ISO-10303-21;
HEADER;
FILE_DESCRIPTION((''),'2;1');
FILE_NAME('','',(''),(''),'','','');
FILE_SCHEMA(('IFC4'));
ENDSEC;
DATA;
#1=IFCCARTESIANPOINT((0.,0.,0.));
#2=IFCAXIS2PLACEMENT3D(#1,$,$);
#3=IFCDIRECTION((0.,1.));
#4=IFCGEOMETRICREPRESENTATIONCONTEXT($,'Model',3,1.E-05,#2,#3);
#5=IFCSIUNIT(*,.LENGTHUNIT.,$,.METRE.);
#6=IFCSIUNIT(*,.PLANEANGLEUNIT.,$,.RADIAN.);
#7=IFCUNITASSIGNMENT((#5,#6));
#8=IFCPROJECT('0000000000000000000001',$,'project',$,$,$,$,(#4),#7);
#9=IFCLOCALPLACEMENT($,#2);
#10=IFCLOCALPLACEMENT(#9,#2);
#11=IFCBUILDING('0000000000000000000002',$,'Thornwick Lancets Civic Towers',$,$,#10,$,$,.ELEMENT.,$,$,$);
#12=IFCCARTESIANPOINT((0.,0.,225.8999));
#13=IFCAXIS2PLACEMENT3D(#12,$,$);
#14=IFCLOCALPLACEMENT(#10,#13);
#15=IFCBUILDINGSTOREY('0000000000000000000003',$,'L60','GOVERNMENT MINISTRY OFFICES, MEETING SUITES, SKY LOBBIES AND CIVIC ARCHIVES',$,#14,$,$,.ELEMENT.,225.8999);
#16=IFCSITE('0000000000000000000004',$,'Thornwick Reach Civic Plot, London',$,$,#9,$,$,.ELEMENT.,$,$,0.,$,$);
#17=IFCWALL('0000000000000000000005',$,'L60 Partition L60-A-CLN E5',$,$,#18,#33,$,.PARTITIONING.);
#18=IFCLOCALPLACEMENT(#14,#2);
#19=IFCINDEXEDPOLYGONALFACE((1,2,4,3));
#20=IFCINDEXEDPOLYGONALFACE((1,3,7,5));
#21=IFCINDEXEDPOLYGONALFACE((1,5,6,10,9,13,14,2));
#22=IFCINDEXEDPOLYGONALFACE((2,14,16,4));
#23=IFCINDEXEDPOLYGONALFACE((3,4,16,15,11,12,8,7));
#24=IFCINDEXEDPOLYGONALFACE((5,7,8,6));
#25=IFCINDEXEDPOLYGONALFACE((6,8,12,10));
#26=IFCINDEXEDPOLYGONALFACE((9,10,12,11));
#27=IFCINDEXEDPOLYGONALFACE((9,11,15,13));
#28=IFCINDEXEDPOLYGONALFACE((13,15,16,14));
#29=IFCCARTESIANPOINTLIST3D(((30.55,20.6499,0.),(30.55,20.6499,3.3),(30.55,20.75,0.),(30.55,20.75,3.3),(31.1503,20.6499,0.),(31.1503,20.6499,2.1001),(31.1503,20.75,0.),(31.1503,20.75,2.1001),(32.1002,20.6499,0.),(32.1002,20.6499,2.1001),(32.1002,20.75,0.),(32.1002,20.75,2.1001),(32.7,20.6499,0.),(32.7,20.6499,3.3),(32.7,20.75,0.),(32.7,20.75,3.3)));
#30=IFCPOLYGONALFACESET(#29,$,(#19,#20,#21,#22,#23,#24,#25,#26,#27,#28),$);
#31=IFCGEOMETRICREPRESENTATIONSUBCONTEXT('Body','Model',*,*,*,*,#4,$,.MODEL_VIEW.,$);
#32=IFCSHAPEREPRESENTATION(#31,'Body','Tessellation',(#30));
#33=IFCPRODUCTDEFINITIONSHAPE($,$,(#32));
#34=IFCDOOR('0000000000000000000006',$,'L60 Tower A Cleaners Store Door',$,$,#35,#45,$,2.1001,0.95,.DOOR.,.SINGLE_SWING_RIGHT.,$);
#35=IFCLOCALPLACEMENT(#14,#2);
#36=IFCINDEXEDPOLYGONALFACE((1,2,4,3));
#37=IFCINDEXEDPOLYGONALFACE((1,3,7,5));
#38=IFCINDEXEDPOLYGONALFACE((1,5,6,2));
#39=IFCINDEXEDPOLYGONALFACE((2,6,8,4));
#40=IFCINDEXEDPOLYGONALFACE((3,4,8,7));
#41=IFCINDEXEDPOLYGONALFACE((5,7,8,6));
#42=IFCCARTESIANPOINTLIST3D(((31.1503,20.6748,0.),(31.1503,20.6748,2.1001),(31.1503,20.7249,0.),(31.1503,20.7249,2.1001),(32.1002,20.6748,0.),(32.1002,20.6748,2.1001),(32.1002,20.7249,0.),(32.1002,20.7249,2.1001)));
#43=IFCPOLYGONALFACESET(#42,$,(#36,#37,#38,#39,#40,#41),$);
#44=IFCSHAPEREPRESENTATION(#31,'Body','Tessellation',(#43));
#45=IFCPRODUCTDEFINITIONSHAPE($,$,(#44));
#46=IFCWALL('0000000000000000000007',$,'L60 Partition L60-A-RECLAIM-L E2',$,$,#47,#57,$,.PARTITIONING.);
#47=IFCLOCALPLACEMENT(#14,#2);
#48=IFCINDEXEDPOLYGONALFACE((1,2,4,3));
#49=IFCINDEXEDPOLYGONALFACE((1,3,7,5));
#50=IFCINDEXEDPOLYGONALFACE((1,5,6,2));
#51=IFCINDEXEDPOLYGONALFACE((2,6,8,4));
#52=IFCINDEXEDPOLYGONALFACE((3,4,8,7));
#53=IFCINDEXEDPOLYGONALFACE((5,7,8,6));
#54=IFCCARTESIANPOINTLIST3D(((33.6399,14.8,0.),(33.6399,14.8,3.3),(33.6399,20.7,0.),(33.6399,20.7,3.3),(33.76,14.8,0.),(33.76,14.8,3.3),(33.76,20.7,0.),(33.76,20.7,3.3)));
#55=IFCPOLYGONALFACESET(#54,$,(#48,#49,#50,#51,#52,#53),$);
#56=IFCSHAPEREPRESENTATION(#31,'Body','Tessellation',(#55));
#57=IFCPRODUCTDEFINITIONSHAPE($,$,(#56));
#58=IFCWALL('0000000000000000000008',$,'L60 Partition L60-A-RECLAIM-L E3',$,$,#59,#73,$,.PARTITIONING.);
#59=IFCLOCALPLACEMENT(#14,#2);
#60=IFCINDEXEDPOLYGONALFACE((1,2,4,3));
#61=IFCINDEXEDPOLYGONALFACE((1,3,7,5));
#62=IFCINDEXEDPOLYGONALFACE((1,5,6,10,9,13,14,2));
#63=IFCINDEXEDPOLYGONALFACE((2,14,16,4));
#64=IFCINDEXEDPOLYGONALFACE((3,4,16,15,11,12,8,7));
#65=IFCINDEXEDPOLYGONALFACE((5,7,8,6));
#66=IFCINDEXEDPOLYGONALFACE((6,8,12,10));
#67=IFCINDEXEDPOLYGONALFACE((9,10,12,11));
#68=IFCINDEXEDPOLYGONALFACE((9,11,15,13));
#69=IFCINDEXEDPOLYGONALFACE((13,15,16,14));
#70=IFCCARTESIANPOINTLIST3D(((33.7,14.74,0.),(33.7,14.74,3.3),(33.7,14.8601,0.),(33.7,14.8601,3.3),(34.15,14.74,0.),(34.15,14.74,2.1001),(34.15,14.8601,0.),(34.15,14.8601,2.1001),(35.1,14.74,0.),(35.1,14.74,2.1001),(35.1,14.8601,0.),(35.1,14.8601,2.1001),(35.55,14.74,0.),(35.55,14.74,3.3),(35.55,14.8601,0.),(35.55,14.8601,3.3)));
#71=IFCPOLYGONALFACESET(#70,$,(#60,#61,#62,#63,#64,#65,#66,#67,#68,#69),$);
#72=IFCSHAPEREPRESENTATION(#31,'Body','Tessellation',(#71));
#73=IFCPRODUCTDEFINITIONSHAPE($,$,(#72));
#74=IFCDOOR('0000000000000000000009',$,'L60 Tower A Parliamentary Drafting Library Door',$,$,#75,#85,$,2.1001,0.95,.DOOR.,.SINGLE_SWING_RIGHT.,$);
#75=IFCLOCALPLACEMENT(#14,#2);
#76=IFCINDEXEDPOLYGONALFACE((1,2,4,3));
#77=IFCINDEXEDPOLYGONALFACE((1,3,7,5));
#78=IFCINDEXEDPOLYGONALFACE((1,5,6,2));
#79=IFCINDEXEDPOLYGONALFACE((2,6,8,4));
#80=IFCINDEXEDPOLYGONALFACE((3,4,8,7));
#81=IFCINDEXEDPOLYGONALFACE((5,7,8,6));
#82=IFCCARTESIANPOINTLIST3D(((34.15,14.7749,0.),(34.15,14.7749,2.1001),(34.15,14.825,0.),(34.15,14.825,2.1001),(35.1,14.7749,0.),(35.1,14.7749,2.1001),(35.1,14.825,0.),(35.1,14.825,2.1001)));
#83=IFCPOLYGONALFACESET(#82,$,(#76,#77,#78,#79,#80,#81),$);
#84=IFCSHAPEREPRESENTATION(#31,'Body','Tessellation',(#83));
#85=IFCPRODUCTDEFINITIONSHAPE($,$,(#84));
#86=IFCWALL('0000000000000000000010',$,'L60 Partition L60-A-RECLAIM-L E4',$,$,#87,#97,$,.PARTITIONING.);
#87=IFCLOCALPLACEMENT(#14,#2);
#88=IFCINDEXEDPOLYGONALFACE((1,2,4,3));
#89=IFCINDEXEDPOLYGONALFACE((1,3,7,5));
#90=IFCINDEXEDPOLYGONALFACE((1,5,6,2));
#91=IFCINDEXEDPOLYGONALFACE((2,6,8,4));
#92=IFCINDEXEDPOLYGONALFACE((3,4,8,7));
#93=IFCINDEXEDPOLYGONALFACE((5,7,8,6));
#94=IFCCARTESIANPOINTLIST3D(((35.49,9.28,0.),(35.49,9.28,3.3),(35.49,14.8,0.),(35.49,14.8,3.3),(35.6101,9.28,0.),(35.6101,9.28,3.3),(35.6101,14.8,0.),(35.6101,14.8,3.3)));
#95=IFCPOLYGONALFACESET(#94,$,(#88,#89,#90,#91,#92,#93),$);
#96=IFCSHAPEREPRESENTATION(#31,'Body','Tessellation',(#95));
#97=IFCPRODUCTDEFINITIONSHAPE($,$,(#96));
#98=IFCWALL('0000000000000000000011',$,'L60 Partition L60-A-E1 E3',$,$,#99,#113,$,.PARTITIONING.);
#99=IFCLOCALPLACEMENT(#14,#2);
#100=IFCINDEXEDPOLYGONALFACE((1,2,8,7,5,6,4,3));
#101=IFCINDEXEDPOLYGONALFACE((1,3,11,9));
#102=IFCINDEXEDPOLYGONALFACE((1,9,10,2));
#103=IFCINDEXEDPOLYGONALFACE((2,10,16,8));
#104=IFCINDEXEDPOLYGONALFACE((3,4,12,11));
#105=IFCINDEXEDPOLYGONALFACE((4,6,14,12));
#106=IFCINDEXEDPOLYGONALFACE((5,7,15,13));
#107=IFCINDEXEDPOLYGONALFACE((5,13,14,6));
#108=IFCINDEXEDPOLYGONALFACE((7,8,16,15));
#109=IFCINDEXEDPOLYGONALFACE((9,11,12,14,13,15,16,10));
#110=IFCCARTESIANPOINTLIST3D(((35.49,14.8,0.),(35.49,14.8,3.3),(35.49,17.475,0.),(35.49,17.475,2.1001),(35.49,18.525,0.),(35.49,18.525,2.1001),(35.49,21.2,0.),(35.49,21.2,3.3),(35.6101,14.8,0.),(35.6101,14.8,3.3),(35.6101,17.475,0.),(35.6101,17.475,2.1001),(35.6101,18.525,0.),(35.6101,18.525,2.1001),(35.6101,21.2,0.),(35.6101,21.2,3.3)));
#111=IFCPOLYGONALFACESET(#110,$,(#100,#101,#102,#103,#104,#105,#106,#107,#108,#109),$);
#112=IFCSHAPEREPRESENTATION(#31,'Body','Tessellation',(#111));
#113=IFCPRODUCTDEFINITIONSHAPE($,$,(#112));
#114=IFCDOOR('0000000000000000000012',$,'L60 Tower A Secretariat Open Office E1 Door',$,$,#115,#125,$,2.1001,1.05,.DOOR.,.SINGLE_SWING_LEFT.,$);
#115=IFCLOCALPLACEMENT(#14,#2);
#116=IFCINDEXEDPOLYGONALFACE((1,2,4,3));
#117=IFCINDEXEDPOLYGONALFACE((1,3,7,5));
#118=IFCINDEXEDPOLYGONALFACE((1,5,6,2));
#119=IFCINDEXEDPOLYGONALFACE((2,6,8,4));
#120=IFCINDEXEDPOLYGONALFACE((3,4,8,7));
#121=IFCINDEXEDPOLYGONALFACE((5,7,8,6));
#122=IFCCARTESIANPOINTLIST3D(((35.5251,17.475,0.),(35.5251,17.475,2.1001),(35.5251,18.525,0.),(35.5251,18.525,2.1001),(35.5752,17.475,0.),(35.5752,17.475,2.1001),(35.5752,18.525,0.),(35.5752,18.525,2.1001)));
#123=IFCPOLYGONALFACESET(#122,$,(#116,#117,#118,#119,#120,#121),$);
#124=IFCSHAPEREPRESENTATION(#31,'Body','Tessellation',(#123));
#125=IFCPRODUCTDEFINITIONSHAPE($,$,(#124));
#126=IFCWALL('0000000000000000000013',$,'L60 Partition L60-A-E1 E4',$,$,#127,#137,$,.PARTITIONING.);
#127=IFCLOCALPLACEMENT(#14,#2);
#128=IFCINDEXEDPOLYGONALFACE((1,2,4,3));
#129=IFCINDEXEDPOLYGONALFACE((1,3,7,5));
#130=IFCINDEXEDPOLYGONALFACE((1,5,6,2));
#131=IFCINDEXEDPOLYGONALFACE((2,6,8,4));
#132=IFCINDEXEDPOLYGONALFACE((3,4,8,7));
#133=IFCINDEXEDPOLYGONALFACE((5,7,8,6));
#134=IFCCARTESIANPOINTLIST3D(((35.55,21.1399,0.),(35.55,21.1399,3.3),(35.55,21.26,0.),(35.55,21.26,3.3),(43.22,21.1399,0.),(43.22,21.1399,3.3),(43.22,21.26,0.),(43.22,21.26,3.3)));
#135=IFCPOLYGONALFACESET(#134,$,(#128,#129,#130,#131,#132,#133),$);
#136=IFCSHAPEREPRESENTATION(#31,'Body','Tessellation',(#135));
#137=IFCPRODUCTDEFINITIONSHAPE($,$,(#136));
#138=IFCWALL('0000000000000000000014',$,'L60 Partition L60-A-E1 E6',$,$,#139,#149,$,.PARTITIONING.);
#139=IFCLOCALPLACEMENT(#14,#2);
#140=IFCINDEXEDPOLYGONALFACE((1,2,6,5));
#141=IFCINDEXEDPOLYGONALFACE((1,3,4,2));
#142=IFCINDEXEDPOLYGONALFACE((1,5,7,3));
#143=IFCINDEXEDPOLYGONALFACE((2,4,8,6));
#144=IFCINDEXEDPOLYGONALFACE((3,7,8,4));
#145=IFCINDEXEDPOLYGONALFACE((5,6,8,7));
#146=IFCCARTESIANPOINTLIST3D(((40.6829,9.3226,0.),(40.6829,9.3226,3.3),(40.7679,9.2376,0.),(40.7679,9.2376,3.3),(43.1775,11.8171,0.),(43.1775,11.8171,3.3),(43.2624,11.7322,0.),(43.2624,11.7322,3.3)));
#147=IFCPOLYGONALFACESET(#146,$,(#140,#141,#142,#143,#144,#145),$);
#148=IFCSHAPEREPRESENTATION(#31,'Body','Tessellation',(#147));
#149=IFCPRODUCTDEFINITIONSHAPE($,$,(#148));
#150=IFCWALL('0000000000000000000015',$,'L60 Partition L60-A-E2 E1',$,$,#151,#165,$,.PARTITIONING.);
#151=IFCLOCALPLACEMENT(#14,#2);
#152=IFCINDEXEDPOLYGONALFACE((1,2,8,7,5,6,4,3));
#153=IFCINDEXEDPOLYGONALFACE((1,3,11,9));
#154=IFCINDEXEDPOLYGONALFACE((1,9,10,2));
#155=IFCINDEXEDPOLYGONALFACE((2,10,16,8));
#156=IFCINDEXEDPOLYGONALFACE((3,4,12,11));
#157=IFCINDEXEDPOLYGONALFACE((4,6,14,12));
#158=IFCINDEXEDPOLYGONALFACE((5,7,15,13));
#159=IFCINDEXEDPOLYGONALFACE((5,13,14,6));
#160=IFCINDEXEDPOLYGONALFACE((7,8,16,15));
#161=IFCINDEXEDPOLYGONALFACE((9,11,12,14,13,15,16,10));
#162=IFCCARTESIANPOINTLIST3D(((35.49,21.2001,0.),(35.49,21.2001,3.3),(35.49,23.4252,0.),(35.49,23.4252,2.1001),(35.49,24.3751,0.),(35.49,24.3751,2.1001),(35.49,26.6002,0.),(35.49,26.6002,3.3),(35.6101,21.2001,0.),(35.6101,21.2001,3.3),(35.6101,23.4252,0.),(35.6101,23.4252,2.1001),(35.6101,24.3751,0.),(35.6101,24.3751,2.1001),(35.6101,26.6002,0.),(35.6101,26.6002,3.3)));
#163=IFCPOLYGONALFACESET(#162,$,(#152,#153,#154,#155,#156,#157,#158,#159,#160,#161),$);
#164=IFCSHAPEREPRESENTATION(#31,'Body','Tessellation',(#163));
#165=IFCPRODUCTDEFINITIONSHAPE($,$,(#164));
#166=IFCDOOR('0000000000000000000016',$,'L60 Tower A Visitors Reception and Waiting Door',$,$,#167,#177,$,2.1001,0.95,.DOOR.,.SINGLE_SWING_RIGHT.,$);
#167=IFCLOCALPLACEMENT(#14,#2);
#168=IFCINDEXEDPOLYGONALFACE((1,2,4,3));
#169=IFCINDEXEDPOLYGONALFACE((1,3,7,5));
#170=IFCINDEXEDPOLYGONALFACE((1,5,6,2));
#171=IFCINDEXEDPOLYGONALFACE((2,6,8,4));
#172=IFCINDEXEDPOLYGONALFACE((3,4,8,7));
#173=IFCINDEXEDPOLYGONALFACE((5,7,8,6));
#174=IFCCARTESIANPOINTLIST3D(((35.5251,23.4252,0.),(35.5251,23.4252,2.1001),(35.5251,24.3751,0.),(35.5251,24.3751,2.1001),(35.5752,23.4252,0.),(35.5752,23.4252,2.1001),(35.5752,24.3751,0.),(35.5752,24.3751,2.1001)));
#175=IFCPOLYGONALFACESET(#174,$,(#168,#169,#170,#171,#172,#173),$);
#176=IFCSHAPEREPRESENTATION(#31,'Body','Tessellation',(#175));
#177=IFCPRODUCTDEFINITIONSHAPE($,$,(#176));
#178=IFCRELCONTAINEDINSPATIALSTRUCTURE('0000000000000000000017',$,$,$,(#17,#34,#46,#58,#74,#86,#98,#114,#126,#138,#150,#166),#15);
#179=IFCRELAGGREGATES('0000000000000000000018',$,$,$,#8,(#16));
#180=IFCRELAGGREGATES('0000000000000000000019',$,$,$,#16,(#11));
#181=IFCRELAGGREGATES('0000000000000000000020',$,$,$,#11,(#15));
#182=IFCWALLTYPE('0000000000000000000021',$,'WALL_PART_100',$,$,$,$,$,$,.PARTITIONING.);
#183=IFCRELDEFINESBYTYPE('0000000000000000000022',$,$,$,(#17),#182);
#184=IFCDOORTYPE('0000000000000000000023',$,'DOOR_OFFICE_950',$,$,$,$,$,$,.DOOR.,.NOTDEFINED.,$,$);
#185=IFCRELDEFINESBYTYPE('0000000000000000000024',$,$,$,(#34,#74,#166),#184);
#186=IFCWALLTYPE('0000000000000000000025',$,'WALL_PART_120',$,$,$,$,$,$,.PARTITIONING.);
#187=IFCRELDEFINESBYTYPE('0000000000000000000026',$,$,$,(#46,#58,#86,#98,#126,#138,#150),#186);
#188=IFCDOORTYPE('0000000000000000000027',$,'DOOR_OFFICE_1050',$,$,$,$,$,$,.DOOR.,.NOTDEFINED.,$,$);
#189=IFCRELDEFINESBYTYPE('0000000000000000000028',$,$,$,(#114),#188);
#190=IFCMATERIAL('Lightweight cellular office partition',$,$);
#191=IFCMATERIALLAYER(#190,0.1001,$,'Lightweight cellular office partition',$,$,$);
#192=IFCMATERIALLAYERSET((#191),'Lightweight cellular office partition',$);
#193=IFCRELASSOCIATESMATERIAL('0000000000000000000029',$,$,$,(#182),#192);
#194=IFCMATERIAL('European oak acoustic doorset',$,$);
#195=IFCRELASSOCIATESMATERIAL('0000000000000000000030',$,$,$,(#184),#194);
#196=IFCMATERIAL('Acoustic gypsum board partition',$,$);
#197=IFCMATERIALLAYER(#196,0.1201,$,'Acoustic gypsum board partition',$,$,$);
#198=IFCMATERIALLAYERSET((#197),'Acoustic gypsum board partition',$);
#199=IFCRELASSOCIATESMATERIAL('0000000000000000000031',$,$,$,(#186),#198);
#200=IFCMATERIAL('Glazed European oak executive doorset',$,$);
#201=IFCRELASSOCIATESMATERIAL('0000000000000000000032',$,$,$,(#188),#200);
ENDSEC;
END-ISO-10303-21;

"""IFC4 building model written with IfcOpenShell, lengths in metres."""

from ifc_helpers import new_model, si_unit, direction, frame, frame_2d, origin, place, context, subcontext, project, spatial, rectangle, extrude, material, layer, layer_set, type_object, element, fill, save


model = new_model("IFC4")

# Units and contexts
model_context = context("Model", 3, precision=1e-05, world=origin(), true_north=direction((0.0, 1.0)))
body_context = subcontext(model_context, "Body", "Model", "MODEL_VIEW")
ifc_project = project(units=[si_unit("LENGTHUNIT", "METRE"), si_unit("PLANEANGLEUNIT", "RADIAN")], contexts=[model_context])

# Site, building, storey
site_placement = place(None, origin())
site = spatial("IfcSite", under=ifc_project, at=site_placement, Name="Thornwick Reach Civic Plot, London", CompositionType="ELEMENT", RefElevation=0.0)
building_placement = place(site_placement, origin())
building = spatial("IfcBuilding", under=site, at=building_placement, Name="Thornwick Lancets Civic Towers", CompositionType="ELEMENT")
storey_placement = place(building_placement, frame((0.0, 0.0, 225.8999)))
storey = spatial("IfcBuildingStorey", under=building, at=storey_placement, Name="L60", Description="GOVERNMENT MINISTRY OFFICES, MEETING SUITES, SKY LOBBIES AND CIVIC ARCHIVES", CompositionType="ELEMENT", Elevation=225.8999)

# Shared definitions
ifc_material_1 = material(Name="Lightweight cellular office partition")
ifc_layer_1 = layer(ifc_material_1, 0.1001, Name="Lightweight cellular office partition")
ifc_layer_set_1 = layer_set([ifc_layer_1], Name="Lightweight cellular office partition")
wall_type_1 = type_object("IfcWallType", Name="WALL_PART_100", PredefinedType="PARTITIONING", material=ifc_layer_set_1)

# Wall, opening, door
wall_1_placement = place(storey_placement, frame((30.55, 20.7, 0.0), z_axis=(0.0, 0.0, 1.0), x_axis=(1.0, 0.0, 0.0)))
wall_1 = element("IfcWall", 1, at=wall_1_placement, inside=storey, type_object=wall_type_1, Name="L60 Partition L60-A-CLN E5", PredefinedType="PARTITIONING", context=body_context, shape_type="SweptSolid", body=[
    extrude(rectangle(XDim=2.1499, YDim=0.1001, at=frame_2d((1.075, 0.0))), origin(), (0.0, 0.0, 1.0), 3.3),
])
opening_1_placement = place(wall_1_placement, frame((0.6001, 0.0, 0.0)))
opening_1 = element("IfcOpeningElement", 2, at=opening_1_placement, cuts=wall_1, PredefinedType="OPENING", context=body_context, shape_type="SweptSolid", body=[
    extrude(rectangle(XDim=0.95, YDim=2.1001, at=frame_2d((0.4751, 1.05))), frame((0.0, 0.0601, 0.0), z_axis=(0.0, -1.0, 0.0), x_axis=(1.0, 0.0, 0.0)), (0.0, 0.0, 1.0), 0.1201),
])
ifc_material_2 = material(Name="European oak acoustic doorset")
door_type_1 = type_object("IfcDoorType", Name="DOOR_OFFICE_950", OperationType="NOTDEFINED", PredefinedType="DOOR", material=ifc_material_2)
door_1_placement = place(opening_1_placement, origin())
door_1 = element("IfcDoor", 3, at=door_1_placement, inside=storey, type_object=door_type_1, Name="L60 Tower A Cleaners Store Door", OperationType="SINGLE_SWING_RIGHT", OverallHeight=2.1001, OverallWidth=0.95, PredefinedType="DOOR", context=body_context, shape_type="SweptSolid", body=[
    extrude(rectangle(XDim=0.95, YDim=2.1001, at=frame_2d((0.4751, 1.05))), frame((0.0, 0.0249, 0.0), z_axis=(0.0, -1.0, 0.0), x_axis=(1.0, 0.0, 0.0)), (0.0, 0.0, 1.0), 0.05),
])
fill(opening_1, door_1)

# Wall
ifc_material_3 = material(Name="Acoustic gypsum board partition")
ifc_layer_2 = layer(ifc_material_3, 0.1201, Name="Acoustic gypsum board partition")
ifc_layer_set_2 = layer_set([ifc_layer_2], Name="Acoustic gypsum board partition")
wall_type_2 = type_object("IfcWallType", Name="WALL_PART_120", PredefinedType="PARTITIONING", material=ifc_layer_set_2)
wall_2_placement = place(storey_placement, frame((33.7, 20.7, 0.0), z_axis=(0.0, 0.0, 1.0), x_axis=(0.0, -1.0, 0.0)))
element("IfcWall", 4, at=wall_2_placement, inside=storey, type_object=wall_type_2, Name="L60 Partition L60-A-RECLAIM-L E2", PredefinedType="PARTITIONING", context=body_context, shape_type="SweptSolid", body=[
    extrude(rectangle(XDim=5.8999, YDim=0.1201, at=frame_2d((2.95, 0.0))), origin(), (0.0, 0.0, 1.0), 3.3),
])

# Wall, opening, door
wall_3_placement = place(storey_placement, frame((33.7, 14.8, 0.0), z_axis=(0.0, 0.0, 1.0), x_axis=(1.0, 0.0, 0.0)))
wall_3 = element("IfcWall", 5, at=wall_3_placement, inside=storey, type_object=wall_type_2, Name="L60 Partition L60-A-RECLAIM-L E3", PredefinedType="PARTITIONING", context=body_context, shape_type="SweptSolid", body=[
    extrude(rectangle(XDim=1.8501, YDim=0.1201, at=frame_2d((0.925, 0.0))), origin(), (0.0, 0.0, 1.0), 3.3),
])
opening_2_placement = place(wall_3_placement, frame((0.45, 0.0, 0.0)))
opening_2 = element("IfcOpeningElement", 6, at=opening_2_placement, cuts=wall_3, PredefinedType="OPENING", context=body_context, shape_type="SweptSolid", body=[
    extrude(rectangle(XDim=0.95, YDim=2.1001, at=frame_2d((0.4751, 1.05))), frame((0.0, 0.0701, 0.0), z_axis=(0.0, -1.0, 0.0), x_axis=(1.0, 0.0, 0.0)), (0.0, 0.0, 1.0), 0.1401),
])
door_2_placement = place(opening_2_placement, origin())
door_2 = element("IfcDoor", 7, at=door_2_placement, inside=storey, type_object=door_type_1, Name="L60 Tower A Parliamentary Drafting Library Door", OperationType="SINGLE_SWING_RIGHT", OverallHeight=2.1001, OverallWidth=0.95, PredefinedType="DOOR", context=body_context, shape_type="SweptSolid", body=[
    extrude(rectangle(XDim=0.95, YDim=2.1001, at=frame_2d((0.4751, 1.05))), frame((0.0, 0.0249, 0.0), z_axis=(0.0, -1.0, 0.0), x_axis=(1.0, 0.0, 0.0)), (0.0, 0.0, 1.0), 0.05),
])
fill(opening_2, door_2)

# Wall
wall_4_placement = place(storey_placement, frame((35.55, 14.8, 0.0), z_axis=(0.0, 0.0, 1.0), x_axis=(0.0, -1.0, 0.0)))
element("IfcWall", 8, at=wall_4_placement, inside=storey, type_object=wall_type_2, Name="L60 Partition L60-A-RECLAIM-L E4", PredefinedType="PARTITIONING", context=body_context, shape_type="SweptSolid", body=[
    extrude(rectangle(XDim=5.52, YDim=0.1201, at=frame_2d((2.76, 0.0))), origin(), (0.0, 0.0, 1.0), 3.3),
])

# Wall, opening, door
wall_5_placement = place(storey_placement, frame((35.55, 14.8, 0.0), z_axis=(0.0, 0.0, 1.0), x_axis=(0.0, 1.0, 0.0)))
wall_5 = element("IfcWall", 9, at=wall_5_placement, inside=storey, type_object=wall_type_2, Name="L60 Partition L60-A-E1 E3", PredefinedType="PARTITIONING", context=body_context, shape_type="SweptSolid", body=[
    extrude(rectangle(XDim=6.3999, YDim=0.1201, at=frame_2d((3.2, 0.0))), origin(), (0.0, 0.0, 1.0), 3.3),
])
opening_3_placement = place(wall_5_placement, frame((2.675, 0.0, 0.0)))
opening_3 = element("IfcOpeningElement", 10, at=opening_3_placement, cuts=wall_5, PredefinedType="OPENING", context=body_context, shape_type="SweptSolid", body=[
    extrude(rectangle(XDim=1.05, YDim=2.1001, at=frame_2d((0.5249, 1.05))), frame((0.0, 0.0701, 0.0), z_axis=(0.0, -1.0, 0.0), x_axis=(1.0, 0.0, 0.0)), (0.0, 0.0, 1.0), 0.1401),
])
ifc_material_4 = material(Name="Glazed European oak executive doorset")
door_type_2 = type_object("IfcDoorType", Name="DOOR_OFFICE_1050", OperationType="NOTDEFINED", PredefinedType="DOOR", material=ifc_material_4)
door_3_placement = place(opening_3_placement, origin())
door_3 = element("IfcDoor", 11, at=door_3_placement, inside=storey, type_object=door_type_2, Name="L60 Tower A Secretariat Open Office E1 Door", OperationType="SINGLE_SWING_LEFT", OverallHeight=2.1001, OverallWidth=1.05, PredefinedType="DOOR", context=body_context, shape_type="SweptSolid", body=[
    extrude(rectangle(XDim=1.05, YDim=2.1001, at=frame_2d((0.5249, 1.05))), frame((0.0, 0.0249, 0.0), z_axis=(0.0, -1.0, 0.0), x_axis=(1.0, 0.0, 0.0)), (0.0, 0.0, 1.0), 0.05),
])
fill(opening_3, door_3)

# Walls
wall_6_placement = place(storey_placement, frame((35.55, 21.2, 0.0), z_axis=(0.0, 0.0, 1.0), x_axis=(1.0, 0.0, 0.0)))
element("IfcWall", 12, at=wall_6_placement, inside=storey, type_object=wall_type_2, Name="L60 Partition L60-A-E1 E4", PredefinedType="PARTITIONING", context=body_context, shape_type="SweptSolid", body=[
    extrude(rectangle(XDim=7.6699, YDim=0.1201, at=frame_2d((3.835, 0.0))), origin(), (0.0, 0.0, 1.0), 3.3),
])
wall_7_placement = place(storey_placement, frame((43.22, 11.7747, 0.0), z_axis=(0.0, 0.0, 1.0), x_axis=(-0.707107, -0.707107, 0.0)))
element("IfcWall", 13, at=wall_7_placement, inside=storey, type_object=wall_type_2, Name="L60 Partition L60-A-E1 E6", PredefinedType="PARTITIONING", context=body_context, shape_type="SweptSolid", body=[
    extrude(rectangle(XDim=3.5278, YDim=0.1201, at=frame_2d((1.7639, 0.0))), origin(), (0.0, 0.0, 1.0), 3.3),
])

# Wall, opening, door
wall_8_placement = place(storey_placement, frame((35.55, 21.2, 0.0), z_axis=(0.0, 0.0, 1.0), x_axis=(0.0, 1.0, 0.0)))
wall_8 = element("IfcWall", 14, at=wall_8_placement, inside=storey, type_object=wall_type_2, Name="L60 Partition L60-A-E2 E1", PredefinedType="PARTITIONING", context=body_context, shape_type="SweptSolid", body=[
    extrude(rectangle(XDim=5.4001, YDim=0.1201, at=frame_2d((2.7002, 0.0))), origin(), (0.0, 0.0, 1.0), 3.3),
])
opening_4_placement = place(wall_8_placement, frame((2.2251, 0.0, 0.0)))
opening_4 = element("IfcOpeningElement", 15, at=opening_4_placement, cuts=wall_8, PredefinedType="OPENING", context=body_context, shape_type="SweptSolid", body=[
    extrude(rectangle(XDim=0.95, YDim=2.1001, at=frame_2d((0.4751, 1.05))), frame((0.0, 0.0701, 0.0), z_axis=(0.0, -1.0, 0.0), x_axis=(1.0, 0.0, 0.0)), (0.0, 0.0, 1.0), 0.1401),
])
door_4_placement = place(opening_4_placement, origin())
door_4 = element("IfcDoor", 16, at=door_4_placement, inside=storey, type_object=door_type_1, Name="L60 Tower A Visitors Reception and Waiting Door", OperationType="SINGLE_SWING_RIGHT", OverallHeight=2.1001, OverallWidth=0.95, PredefinedType="DOOR", context=body_context, shape_type="SweptSolid", body=[
    extrude(rectangle(XDim=0.95, YDim=2.1001, at=frame_2d((0.4751, 1.05))), frame((0.0, 0.0249, 0.0), z_axis=(0.0, -1.0, 0.0), x_axis=(1.0, 0.0, 0.0)), (0.0, 0.0, 1.0), 0.05),
])
fill(opening_4, door_4)

save(model, "model.ifc")
